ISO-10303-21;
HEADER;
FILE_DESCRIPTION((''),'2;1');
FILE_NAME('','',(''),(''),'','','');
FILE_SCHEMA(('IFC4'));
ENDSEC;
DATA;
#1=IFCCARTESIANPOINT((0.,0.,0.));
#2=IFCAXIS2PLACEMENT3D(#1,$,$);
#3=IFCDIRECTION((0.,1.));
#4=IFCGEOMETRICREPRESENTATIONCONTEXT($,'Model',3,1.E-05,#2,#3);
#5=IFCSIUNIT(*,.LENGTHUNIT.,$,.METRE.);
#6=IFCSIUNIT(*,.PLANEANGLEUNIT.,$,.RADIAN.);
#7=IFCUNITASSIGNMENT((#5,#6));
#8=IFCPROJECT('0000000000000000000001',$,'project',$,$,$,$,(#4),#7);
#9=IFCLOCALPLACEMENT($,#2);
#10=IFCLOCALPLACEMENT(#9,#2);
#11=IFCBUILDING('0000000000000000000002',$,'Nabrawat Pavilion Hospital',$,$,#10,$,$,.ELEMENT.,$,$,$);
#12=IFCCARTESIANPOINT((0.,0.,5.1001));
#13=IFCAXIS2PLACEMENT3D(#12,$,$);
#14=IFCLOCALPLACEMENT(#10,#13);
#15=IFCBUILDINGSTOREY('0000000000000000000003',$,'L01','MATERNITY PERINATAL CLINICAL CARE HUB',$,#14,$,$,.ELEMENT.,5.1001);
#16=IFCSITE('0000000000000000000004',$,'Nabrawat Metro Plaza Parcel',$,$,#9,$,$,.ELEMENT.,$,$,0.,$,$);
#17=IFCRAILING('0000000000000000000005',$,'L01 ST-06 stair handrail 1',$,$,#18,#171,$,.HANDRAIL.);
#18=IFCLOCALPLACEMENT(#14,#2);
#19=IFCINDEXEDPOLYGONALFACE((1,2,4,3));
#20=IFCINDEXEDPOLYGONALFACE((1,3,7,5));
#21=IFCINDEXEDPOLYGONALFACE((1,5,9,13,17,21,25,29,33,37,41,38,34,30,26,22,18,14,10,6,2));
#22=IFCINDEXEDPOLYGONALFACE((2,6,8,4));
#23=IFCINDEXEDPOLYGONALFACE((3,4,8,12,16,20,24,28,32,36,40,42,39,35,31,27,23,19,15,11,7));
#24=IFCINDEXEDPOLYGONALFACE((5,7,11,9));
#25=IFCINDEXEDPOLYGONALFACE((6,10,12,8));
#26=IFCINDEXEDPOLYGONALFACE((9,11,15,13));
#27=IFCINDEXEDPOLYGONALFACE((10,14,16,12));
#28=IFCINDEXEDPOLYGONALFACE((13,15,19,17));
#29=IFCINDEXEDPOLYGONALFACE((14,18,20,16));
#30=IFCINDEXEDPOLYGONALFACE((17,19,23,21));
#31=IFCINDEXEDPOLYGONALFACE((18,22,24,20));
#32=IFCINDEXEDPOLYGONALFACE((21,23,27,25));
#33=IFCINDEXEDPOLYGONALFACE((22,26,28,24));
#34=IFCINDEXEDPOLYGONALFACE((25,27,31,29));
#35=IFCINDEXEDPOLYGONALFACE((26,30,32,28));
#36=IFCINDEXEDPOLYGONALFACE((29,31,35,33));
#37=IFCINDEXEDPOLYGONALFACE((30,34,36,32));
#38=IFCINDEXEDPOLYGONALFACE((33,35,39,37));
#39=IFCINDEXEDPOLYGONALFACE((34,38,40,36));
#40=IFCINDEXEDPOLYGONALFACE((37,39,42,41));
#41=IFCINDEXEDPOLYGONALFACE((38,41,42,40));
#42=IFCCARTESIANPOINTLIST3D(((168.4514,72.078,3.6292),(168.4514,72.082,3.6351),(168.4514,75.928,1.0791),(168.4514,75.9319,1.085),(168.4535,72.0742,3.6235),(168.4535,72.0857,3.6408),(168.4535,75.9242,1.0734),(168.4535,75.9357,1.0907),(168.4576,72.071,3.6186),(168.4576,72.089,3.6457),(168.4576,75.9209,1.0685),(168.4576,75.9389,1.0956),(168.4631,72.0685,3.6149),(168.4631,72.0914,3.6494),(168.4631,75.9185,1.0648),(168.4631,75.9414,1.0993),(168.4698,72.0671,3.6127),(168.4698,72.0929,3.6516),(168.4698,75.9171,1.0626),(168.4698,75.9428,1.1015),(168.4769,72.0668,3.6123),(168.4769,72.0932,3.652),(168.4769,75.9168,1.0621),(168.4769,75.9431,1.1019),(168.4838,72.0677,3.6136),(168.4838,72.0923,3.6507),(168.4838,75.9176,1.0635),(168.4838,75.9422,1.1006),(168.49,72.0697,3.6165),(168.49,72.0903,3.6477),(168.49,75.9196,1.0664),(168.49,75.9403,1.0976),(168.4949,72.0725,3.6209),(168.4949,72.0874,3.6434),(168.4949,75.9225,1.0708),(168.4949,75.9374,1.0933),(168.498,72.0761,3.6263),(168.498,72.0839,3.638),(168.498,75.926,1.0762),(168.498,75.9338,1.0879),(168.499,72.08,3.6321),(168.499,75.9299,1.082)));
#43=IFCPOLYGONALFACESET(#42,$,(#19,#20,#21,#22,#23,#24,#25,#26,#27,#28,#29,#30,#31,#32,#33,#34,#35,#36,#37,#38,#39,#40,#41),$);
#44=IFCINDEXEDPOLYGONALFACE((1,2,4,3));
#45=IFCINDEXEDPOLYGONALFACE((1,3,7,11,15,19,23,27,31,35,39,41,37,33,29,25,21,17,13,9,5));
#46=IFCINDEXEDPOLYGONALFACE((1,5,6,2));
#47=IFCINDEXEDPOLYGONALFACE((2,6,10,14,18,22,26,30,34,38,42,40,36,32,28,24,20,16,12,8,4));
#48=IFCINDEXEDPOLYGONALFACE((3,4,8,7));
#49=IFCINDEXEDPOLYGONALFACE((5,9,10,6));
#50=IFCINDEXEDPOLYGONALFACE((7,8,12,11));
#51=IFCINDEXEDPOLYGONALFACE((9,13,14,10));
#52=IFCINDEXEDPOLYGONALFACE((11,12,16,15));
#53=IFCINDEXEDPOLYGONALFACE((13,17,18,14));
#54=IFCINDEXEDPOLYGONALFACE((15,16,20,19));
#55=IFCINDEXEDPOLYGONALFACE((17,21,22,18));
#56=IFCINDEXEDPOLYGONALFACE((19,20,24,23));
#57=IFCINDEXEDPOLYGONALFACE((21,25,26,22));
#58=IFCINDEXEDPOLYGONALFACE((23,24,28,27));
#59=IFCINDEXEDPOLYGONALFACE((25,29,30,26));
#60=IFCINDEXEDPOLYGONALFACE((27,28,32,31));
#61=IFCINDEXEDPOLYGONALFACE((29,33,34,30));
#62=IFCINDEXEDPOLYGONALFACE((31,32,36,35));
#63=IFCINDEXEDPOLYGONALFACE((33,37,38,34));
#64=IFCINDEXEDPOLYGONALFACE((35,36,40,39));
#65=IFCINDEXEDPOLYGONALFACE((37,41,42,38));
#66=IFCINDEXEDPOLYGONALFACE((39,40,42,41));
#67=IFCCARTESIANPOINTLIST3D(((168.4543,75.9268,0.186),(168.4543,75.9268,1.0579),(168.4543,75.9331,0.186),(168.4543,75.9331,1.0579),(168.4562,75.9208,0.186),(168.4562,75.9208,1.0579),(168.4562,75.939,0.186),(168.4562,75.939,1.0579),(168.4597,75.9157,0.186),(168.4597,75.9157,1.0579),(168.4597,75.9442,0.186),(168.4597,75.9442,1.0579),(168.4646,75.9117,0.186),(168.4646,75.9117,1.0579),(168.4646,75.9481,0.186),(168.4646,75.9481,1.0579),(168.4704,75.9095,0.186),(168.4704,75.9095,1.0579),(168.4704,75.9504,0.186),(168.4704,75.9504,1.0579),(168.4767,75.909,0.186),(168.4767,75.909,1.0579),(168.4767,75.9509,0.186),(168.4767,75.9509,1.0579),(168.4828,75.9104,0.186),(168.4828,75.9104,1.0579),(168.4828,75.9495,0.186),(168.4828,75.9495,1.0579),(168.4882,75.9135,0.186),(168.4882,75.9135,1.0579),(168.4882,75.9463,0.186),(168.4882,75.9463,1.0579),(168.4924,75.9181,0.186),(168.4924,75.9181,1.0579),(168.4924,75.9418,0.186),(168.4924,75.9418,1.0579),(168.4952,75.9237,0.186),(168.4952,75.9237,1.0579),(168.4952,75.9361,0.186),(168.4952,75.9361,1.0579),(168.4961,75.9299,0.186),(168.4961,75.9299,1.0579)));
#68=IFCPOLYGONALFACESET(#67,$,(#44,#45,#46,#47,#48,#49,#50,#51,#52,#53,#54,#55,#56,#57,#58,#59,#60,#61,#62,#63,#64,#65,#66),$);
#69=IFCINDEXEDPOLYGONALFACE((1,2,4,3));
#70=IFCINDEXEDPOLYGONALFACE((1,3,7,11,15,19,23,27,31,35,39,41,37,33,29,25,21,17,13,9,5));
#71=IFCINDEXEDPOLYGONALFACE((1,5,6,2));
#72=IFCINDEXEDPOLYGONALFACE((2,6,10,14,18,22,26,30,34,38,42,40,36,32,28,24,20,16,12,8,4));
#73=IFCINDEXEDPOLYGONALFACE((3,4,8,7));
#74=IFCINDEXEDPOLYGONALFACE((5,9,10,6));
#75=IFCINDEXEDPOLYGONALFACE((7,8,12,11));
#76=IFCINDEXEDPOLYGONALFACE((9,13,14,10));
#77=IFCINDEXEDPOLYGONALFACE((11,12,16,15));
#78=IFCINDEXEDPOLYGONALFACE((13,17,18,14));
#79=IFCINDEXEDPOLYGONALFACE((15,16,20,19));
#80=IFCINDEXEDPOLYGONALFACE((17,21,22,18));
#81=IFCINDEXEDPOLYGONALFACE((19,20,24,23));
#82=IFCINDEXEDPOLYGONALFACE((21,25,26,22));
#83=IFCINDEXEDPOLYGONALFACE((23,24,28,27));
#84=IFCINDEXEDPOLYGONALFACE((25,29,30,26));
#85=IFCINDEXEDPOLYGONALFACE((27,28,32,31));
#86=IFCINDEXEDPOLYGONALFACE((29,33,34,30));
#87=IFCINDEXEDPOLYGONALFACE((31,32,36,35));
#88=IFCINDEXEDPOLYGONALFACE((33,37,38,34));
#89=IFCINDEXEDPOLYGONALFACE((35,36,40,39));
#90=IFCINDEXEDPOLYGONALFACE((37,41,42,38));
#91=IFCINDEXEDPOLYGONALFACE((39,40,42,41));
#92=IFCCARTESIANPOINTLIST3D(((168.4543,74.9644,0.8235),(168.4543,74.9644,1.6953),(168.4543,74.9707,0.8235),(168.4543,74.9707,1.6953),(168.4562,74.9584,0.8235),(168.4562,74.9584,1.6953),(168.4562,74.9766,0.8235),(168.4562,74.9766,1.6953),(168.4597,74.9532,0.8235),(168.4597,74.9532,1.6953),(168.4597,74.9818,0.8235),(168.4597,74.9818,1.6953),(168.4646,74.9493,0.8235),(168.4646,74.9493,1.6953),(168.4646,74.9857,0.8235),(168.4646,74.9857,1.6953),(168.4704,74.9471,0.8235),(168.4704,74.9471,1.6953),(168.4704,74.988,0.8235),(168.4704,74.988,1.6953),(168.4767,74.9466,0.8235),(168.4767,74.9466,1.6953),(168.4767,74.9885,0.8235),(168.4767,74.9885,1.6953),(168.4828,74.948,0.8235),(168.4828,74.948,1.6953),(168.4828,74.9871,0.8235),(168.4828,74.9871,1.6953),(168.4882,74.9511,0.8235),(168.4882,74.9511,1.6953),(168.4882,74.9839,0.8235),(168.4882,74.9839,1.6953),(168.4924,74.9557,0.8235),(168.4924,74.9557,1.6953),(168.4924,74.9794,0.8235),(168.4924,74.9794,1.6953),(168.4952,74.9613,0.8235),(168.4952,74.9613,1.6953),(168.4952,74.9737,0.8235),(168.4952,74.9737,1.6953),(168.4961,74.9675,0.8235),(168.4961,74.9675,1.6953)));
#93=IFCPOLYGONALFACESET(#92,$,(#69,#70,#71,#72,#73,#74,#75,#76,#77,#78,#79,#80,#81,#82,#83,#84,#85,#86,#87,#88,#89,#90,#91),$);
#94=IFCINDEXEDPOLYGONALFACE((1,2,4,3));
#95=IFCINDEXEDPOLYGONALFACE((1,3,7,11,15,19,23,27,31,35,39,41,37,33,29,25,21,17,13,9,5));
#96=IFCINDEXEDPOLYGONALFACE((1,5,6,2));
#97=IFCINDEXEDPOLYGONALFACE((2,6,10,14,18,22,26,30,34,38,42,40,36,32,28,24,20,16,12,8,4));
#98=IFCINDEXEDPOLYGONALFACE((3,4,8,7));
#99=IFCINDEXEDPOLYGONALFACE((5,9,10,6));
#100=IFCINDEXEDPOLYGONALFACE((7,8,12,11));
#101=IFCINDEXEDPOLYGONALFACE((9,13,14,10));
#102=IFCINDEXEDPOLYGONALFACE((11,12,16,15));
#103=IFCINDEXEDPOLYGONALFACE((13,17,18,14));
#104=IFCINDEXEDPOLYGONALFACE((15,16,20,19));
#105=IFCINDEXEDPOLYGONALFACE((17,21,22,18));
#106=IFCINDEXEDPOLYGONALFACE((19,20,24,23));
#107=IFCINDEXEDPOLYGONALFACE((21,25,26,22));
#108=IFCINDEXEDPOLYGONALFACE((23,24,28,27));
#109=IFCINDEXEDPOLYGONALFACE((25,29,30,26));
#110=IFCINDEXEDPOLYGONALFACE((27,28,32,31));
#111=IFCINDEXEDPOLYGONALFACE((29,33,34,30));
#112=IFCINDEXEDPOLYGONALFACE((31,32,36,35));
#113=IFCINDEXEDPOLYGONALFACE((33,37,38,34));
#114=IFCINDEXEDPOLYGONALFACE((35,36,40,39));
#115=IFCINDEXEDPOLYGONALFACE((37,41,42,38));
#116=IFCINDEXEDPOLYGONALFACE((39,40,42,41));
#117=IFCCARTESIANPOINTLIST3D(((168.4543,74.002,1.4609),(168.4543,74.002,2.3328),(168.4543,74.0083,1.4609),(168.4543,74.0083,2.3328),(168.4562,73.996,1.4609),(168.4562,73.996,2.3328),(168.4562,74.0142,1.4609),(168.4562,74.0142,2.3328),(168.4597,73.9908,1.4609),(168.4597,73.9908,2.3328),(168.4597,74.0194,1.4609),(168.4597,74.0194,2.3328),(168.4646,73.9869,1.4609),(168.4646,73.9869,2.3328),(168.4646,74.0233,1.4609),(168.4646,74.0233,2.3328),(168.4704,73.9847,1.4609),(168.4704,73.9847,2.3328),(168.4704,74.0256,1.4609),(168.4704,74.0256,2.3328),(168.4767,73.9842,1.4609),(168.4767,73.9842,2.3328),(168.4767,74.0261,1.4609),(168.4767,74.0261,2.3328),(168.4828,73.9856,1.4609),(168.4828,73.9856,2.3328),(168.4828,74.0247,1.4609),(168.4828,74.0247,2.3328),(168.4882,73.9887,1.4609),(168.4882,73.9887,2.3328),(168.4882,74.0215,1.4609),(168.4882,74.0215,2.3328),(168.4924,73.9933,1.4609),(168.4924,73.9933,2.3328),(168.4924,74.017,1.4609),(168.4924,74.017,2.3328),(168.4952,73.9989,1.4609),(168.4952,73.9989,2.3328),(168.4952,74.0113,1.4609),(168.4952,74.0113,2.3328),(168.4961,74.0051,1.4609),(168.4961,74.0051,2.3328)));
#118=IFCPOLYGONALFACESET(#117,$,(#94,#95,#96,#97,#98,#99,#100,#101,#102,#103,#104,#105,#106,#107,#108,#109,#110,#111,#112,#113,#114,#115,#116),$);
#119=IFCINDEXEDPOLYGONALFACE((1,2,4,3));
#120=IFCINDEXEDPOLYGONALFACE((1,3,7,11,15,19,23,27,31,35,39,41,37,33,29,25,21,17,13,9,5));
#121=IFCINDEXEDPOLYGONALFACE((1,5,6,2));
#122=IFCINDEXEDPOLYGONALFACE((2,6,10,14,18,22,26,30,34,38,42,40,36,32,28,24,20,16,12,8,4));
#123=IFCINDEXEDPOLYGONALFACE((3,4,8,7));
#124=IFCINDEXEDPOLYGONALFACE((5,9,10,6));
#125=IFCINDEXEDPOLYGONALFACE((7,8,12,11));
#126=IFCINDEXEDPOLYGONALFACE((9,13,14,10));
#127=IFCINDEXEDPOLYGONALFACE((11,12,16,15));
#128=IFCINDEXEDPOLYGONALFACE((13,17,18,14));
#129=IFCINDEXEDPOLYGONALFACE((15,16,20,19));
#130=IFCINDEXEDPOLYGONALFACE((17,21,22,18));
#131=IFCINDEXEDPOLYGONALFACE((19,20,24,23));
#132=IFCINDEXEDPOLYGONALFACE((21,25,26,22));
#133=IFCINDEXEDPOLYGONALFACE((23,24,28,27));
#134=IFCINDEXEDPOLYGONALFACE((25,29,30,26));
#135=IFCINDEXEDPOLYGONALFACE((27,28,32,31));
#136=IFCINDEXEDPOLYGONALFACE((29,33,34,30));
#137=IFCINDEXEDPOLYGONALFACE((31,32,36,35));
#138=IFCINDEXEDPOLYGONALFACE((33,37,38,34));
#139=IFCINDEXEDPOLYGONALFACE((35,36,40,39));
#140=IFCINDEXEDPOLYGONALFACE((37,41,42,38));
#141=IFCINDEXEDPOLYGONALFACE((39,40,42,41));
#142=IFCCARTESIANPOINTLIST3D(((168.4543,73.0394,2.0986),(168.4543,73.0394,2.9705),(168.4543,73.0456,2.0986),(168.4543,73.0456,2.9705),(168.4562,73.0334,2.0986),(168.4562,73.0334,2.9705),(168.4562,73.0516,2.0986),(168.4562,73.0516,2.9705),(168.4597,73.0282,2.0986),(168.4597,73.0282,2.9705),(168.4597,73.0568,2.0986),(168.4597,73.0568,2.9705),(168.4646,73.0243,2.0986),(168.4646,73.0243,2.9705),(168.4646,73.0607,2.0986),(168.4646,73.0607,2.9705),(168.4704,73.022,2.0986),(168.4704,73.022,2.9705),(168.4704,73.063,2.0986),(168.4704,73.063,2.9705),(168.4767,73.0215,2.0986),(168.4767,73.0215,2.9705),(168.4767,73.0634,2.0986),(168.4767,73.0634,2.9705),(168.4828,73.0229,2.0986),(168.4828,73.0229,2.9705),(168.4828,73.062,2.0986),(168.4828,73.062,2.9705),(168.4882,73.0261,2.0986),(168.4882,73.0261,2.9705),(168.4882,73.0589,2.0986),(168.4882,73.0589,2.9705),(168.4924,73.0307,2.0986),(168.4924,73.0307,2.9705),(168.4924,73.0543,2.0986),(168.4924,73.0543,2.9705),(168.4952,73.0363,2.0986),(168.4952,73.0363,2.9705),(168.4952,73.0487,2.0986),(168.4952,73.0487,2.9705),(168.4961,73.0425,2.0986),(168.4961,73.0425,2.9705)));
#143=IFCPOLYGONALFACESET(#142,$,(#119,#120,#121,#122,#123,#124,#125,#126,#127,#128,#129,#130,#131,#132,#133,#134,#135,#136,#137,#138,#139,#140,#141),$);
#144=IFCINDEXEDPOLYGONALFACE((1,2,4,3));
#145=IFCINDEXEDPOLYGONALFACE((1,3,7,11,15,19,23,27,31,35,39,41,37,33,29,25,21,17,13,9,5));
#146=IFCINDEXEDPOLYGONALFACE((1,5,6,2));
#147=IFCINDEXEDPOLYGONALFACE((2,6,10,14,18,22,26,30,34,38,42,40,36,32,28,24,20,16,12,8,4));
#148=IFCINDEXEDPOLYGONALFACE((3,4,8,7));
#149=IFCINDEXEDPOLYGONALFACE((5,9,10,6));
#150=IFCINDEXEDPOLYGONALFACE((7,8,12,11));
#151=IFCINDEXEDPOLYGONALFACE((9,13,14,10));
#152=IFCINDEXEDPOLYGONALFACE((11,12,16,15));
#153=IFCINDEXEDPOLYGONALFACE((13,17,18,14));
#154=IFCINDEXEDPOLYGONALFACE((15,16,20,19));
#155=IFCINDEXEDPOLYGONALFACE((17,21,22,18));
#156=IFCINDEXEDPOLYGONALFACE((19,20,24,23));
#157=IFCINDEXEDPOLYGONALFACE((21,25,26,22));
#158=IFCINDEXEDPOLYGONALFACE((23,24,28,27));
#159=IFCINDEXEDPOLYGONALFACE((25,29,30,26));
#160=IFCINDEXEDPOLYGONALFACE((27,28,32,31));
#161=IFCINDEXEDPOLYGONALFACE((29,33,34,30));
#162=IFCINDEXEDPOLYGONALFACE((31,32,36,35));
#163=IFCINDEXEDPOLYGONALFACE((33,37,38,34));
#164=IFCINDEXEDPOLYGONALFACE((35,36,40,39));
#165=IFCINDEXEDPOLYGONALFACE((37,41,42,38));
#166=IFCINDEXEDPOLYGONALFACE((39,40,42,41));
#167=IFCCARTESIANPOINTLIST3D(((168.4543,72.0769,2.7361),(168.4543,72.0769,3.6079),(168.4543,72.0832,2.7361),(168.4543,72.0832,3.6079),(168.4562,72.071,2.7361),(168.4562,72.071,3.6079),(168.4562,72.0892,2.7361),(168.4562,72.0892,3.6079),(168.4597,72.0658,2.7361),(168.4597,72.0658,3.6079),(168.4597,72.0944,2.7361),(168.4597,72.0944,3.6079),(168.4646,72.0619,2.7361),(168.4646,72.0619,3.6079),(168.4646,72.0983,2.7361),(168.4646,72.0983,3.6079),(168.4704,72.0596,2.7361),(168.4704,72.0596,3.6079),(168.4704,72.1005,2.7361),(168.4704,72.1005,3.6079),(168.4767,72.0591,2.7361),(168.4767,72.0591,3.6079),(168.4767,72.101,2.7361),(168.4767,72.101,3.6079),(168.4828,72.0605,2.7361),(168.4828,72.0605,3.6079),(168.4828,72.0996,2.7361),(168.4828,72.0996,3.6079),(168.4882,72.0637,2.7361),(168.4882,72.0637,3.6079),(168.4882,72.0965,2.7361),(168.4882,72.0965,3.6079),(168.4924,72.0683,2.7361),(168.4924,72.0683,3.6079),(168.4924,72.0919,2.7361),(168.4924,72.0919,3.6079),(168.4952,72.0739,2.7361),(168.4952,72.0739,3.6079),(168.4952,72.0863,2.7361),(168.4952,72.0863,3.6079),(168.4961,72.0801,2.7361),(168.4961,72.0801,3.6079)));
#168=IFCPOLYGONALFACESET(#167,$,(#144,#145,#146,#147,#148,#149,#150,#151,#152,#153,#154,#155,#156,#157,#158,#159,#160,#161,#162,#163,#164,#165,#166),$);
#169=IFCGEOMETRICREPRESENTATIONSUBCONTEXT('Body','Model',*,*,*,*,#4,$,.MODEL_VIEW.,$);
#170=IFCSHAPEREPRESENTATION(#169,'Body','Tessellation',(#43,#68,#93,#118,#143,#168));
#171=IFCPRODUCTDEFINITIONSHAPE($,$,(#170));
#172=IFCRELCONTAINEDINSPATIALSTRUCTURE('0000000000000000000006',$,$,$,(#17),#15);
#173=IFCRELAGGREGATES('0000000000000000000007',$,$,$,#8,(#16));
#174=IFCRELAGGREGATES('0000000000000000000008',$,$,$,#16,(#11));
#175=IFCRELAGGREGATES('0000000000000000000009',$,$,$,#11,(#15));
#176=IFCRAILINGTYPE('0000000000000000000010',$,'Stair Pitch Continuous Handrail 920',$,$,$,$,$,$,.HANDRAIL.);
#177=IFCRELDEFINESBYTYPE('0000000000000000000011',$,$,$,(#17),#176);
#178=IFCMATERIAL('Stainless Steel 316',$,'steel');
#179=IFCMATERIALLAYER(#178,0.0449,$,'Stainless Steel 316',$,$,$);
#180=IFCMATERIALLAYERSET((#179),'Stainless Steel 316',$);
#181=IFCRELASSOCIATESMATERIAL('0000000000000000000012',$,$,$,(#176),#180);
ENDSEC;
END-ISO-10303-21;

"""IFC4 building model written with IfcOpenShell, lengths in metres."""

from ifc_helpers import new_model, si_unit, direction, frame, origin, origin_2d, place, context, subcontext, project, spatial, circle, extrude, material, layer, layer_set, type_object, element, save


model = new_model("IFC4")

# Units and contexts
model_context = context("Model", 3, precision=1e-05, world=origin(), true_north=direction((0.0, 1.0)))
body_context = subcontext(model_context, "Body", "Model", "MODEL_VIEW")
ifc_project = project(units=[si_unit("LENGTHUNIT", "METRE"), si_unit("PLANEANGLEUNIT", "RADIAN")], contexts=[model_context])

# Site, building, storey
site_placement = place(None, origin())
site = spatial("IfcSite", under=ifc_project, at=site_placement, Name="Nabrawat Metro Plaza Parcel", CompositionType="ELEMENT", RefElevation=0.0)
building_placement = place(site_placement, origin())
building = spatial("IfcBuilding", under=site, at=building_placement, Name="Nabrawat Pavilion Hospital", CompositionType="ELEMENT")
storey_placement = place(building_placement, frame((0.0, 0.0, 5.1001)))
storey = spatial("IfcBuildingStorey", under=building, at=storey_placement, Name="L01", Description="MATERNITY PERINATAL CLINICAL CARE HUB", CompositionType="ELEMENT", Elevation=5.1001)

# Railing
ifc_material_1 = material(Name="Stainless Steel 316", Category="steel")
ifc_layer_1 = layer(ifc_material_1, 0.0449, Name="Stainless Steel 316")
ifc_layer_set_1 = layer_set([ifc_layer_1], Name="Stainless Steel 316")
railing_type_1 = type_object("IfcRailingType", Name="Stair Pitch Continuous Handrail 920", PredefinedType="HANDRAIL", material=ifc_layer_set_1)
railing_1_placement = place(storey_placement, frame((168.4751, 75.9299, 0.186)))
element("IfcRailing", 1, at=railing_1_placement, inside=storey, type_object=railing_type_1, Name="L01 ST-06 stair handrail 1", PredefinedType="HANDRAIL", context=body_context, shape_type="SweptSolid", body=[
    extrude(circle(Radius=0.0239, at=origin_2d()), frame((0.0, 0.0, 0.896), z_axis=(0.0, -0.833698, 0.552221), x_axis=(1.0, 0.0, 0.0)), (0.0, 0.0, 1.0), 4.6179),
    extrude(circle(Radius=0.021, at=origin_2d()), origin(), (0.0, 0.0, 1.0), 0.8718),
    extrude(circle(Radius=0.021, at=origin_2d()), frame((0.0, -0.9624, 0.6375)), (0.0, 0.0, 1.0), 0.8718),
    extrude(circle(Radius=0.021, at=origin_2d()), frame((0.0, -1.9248, 1.2749)), (0.0, 0.0, 1.0), 0.8718),
    extrude(circle(Radius=0.021, at=origin_2d()), frame((0.0, -2.8875, 1.9126)), (0.0, 0.0, 1.0), 0.8718),
    extrude(circle(Radius=0.021, at=origin_2d()), frame((0.0, -3.8499, 2.55)), (0.0, 0.0, 1.0), 0.8718),
])

save(model, "model.ifc")
